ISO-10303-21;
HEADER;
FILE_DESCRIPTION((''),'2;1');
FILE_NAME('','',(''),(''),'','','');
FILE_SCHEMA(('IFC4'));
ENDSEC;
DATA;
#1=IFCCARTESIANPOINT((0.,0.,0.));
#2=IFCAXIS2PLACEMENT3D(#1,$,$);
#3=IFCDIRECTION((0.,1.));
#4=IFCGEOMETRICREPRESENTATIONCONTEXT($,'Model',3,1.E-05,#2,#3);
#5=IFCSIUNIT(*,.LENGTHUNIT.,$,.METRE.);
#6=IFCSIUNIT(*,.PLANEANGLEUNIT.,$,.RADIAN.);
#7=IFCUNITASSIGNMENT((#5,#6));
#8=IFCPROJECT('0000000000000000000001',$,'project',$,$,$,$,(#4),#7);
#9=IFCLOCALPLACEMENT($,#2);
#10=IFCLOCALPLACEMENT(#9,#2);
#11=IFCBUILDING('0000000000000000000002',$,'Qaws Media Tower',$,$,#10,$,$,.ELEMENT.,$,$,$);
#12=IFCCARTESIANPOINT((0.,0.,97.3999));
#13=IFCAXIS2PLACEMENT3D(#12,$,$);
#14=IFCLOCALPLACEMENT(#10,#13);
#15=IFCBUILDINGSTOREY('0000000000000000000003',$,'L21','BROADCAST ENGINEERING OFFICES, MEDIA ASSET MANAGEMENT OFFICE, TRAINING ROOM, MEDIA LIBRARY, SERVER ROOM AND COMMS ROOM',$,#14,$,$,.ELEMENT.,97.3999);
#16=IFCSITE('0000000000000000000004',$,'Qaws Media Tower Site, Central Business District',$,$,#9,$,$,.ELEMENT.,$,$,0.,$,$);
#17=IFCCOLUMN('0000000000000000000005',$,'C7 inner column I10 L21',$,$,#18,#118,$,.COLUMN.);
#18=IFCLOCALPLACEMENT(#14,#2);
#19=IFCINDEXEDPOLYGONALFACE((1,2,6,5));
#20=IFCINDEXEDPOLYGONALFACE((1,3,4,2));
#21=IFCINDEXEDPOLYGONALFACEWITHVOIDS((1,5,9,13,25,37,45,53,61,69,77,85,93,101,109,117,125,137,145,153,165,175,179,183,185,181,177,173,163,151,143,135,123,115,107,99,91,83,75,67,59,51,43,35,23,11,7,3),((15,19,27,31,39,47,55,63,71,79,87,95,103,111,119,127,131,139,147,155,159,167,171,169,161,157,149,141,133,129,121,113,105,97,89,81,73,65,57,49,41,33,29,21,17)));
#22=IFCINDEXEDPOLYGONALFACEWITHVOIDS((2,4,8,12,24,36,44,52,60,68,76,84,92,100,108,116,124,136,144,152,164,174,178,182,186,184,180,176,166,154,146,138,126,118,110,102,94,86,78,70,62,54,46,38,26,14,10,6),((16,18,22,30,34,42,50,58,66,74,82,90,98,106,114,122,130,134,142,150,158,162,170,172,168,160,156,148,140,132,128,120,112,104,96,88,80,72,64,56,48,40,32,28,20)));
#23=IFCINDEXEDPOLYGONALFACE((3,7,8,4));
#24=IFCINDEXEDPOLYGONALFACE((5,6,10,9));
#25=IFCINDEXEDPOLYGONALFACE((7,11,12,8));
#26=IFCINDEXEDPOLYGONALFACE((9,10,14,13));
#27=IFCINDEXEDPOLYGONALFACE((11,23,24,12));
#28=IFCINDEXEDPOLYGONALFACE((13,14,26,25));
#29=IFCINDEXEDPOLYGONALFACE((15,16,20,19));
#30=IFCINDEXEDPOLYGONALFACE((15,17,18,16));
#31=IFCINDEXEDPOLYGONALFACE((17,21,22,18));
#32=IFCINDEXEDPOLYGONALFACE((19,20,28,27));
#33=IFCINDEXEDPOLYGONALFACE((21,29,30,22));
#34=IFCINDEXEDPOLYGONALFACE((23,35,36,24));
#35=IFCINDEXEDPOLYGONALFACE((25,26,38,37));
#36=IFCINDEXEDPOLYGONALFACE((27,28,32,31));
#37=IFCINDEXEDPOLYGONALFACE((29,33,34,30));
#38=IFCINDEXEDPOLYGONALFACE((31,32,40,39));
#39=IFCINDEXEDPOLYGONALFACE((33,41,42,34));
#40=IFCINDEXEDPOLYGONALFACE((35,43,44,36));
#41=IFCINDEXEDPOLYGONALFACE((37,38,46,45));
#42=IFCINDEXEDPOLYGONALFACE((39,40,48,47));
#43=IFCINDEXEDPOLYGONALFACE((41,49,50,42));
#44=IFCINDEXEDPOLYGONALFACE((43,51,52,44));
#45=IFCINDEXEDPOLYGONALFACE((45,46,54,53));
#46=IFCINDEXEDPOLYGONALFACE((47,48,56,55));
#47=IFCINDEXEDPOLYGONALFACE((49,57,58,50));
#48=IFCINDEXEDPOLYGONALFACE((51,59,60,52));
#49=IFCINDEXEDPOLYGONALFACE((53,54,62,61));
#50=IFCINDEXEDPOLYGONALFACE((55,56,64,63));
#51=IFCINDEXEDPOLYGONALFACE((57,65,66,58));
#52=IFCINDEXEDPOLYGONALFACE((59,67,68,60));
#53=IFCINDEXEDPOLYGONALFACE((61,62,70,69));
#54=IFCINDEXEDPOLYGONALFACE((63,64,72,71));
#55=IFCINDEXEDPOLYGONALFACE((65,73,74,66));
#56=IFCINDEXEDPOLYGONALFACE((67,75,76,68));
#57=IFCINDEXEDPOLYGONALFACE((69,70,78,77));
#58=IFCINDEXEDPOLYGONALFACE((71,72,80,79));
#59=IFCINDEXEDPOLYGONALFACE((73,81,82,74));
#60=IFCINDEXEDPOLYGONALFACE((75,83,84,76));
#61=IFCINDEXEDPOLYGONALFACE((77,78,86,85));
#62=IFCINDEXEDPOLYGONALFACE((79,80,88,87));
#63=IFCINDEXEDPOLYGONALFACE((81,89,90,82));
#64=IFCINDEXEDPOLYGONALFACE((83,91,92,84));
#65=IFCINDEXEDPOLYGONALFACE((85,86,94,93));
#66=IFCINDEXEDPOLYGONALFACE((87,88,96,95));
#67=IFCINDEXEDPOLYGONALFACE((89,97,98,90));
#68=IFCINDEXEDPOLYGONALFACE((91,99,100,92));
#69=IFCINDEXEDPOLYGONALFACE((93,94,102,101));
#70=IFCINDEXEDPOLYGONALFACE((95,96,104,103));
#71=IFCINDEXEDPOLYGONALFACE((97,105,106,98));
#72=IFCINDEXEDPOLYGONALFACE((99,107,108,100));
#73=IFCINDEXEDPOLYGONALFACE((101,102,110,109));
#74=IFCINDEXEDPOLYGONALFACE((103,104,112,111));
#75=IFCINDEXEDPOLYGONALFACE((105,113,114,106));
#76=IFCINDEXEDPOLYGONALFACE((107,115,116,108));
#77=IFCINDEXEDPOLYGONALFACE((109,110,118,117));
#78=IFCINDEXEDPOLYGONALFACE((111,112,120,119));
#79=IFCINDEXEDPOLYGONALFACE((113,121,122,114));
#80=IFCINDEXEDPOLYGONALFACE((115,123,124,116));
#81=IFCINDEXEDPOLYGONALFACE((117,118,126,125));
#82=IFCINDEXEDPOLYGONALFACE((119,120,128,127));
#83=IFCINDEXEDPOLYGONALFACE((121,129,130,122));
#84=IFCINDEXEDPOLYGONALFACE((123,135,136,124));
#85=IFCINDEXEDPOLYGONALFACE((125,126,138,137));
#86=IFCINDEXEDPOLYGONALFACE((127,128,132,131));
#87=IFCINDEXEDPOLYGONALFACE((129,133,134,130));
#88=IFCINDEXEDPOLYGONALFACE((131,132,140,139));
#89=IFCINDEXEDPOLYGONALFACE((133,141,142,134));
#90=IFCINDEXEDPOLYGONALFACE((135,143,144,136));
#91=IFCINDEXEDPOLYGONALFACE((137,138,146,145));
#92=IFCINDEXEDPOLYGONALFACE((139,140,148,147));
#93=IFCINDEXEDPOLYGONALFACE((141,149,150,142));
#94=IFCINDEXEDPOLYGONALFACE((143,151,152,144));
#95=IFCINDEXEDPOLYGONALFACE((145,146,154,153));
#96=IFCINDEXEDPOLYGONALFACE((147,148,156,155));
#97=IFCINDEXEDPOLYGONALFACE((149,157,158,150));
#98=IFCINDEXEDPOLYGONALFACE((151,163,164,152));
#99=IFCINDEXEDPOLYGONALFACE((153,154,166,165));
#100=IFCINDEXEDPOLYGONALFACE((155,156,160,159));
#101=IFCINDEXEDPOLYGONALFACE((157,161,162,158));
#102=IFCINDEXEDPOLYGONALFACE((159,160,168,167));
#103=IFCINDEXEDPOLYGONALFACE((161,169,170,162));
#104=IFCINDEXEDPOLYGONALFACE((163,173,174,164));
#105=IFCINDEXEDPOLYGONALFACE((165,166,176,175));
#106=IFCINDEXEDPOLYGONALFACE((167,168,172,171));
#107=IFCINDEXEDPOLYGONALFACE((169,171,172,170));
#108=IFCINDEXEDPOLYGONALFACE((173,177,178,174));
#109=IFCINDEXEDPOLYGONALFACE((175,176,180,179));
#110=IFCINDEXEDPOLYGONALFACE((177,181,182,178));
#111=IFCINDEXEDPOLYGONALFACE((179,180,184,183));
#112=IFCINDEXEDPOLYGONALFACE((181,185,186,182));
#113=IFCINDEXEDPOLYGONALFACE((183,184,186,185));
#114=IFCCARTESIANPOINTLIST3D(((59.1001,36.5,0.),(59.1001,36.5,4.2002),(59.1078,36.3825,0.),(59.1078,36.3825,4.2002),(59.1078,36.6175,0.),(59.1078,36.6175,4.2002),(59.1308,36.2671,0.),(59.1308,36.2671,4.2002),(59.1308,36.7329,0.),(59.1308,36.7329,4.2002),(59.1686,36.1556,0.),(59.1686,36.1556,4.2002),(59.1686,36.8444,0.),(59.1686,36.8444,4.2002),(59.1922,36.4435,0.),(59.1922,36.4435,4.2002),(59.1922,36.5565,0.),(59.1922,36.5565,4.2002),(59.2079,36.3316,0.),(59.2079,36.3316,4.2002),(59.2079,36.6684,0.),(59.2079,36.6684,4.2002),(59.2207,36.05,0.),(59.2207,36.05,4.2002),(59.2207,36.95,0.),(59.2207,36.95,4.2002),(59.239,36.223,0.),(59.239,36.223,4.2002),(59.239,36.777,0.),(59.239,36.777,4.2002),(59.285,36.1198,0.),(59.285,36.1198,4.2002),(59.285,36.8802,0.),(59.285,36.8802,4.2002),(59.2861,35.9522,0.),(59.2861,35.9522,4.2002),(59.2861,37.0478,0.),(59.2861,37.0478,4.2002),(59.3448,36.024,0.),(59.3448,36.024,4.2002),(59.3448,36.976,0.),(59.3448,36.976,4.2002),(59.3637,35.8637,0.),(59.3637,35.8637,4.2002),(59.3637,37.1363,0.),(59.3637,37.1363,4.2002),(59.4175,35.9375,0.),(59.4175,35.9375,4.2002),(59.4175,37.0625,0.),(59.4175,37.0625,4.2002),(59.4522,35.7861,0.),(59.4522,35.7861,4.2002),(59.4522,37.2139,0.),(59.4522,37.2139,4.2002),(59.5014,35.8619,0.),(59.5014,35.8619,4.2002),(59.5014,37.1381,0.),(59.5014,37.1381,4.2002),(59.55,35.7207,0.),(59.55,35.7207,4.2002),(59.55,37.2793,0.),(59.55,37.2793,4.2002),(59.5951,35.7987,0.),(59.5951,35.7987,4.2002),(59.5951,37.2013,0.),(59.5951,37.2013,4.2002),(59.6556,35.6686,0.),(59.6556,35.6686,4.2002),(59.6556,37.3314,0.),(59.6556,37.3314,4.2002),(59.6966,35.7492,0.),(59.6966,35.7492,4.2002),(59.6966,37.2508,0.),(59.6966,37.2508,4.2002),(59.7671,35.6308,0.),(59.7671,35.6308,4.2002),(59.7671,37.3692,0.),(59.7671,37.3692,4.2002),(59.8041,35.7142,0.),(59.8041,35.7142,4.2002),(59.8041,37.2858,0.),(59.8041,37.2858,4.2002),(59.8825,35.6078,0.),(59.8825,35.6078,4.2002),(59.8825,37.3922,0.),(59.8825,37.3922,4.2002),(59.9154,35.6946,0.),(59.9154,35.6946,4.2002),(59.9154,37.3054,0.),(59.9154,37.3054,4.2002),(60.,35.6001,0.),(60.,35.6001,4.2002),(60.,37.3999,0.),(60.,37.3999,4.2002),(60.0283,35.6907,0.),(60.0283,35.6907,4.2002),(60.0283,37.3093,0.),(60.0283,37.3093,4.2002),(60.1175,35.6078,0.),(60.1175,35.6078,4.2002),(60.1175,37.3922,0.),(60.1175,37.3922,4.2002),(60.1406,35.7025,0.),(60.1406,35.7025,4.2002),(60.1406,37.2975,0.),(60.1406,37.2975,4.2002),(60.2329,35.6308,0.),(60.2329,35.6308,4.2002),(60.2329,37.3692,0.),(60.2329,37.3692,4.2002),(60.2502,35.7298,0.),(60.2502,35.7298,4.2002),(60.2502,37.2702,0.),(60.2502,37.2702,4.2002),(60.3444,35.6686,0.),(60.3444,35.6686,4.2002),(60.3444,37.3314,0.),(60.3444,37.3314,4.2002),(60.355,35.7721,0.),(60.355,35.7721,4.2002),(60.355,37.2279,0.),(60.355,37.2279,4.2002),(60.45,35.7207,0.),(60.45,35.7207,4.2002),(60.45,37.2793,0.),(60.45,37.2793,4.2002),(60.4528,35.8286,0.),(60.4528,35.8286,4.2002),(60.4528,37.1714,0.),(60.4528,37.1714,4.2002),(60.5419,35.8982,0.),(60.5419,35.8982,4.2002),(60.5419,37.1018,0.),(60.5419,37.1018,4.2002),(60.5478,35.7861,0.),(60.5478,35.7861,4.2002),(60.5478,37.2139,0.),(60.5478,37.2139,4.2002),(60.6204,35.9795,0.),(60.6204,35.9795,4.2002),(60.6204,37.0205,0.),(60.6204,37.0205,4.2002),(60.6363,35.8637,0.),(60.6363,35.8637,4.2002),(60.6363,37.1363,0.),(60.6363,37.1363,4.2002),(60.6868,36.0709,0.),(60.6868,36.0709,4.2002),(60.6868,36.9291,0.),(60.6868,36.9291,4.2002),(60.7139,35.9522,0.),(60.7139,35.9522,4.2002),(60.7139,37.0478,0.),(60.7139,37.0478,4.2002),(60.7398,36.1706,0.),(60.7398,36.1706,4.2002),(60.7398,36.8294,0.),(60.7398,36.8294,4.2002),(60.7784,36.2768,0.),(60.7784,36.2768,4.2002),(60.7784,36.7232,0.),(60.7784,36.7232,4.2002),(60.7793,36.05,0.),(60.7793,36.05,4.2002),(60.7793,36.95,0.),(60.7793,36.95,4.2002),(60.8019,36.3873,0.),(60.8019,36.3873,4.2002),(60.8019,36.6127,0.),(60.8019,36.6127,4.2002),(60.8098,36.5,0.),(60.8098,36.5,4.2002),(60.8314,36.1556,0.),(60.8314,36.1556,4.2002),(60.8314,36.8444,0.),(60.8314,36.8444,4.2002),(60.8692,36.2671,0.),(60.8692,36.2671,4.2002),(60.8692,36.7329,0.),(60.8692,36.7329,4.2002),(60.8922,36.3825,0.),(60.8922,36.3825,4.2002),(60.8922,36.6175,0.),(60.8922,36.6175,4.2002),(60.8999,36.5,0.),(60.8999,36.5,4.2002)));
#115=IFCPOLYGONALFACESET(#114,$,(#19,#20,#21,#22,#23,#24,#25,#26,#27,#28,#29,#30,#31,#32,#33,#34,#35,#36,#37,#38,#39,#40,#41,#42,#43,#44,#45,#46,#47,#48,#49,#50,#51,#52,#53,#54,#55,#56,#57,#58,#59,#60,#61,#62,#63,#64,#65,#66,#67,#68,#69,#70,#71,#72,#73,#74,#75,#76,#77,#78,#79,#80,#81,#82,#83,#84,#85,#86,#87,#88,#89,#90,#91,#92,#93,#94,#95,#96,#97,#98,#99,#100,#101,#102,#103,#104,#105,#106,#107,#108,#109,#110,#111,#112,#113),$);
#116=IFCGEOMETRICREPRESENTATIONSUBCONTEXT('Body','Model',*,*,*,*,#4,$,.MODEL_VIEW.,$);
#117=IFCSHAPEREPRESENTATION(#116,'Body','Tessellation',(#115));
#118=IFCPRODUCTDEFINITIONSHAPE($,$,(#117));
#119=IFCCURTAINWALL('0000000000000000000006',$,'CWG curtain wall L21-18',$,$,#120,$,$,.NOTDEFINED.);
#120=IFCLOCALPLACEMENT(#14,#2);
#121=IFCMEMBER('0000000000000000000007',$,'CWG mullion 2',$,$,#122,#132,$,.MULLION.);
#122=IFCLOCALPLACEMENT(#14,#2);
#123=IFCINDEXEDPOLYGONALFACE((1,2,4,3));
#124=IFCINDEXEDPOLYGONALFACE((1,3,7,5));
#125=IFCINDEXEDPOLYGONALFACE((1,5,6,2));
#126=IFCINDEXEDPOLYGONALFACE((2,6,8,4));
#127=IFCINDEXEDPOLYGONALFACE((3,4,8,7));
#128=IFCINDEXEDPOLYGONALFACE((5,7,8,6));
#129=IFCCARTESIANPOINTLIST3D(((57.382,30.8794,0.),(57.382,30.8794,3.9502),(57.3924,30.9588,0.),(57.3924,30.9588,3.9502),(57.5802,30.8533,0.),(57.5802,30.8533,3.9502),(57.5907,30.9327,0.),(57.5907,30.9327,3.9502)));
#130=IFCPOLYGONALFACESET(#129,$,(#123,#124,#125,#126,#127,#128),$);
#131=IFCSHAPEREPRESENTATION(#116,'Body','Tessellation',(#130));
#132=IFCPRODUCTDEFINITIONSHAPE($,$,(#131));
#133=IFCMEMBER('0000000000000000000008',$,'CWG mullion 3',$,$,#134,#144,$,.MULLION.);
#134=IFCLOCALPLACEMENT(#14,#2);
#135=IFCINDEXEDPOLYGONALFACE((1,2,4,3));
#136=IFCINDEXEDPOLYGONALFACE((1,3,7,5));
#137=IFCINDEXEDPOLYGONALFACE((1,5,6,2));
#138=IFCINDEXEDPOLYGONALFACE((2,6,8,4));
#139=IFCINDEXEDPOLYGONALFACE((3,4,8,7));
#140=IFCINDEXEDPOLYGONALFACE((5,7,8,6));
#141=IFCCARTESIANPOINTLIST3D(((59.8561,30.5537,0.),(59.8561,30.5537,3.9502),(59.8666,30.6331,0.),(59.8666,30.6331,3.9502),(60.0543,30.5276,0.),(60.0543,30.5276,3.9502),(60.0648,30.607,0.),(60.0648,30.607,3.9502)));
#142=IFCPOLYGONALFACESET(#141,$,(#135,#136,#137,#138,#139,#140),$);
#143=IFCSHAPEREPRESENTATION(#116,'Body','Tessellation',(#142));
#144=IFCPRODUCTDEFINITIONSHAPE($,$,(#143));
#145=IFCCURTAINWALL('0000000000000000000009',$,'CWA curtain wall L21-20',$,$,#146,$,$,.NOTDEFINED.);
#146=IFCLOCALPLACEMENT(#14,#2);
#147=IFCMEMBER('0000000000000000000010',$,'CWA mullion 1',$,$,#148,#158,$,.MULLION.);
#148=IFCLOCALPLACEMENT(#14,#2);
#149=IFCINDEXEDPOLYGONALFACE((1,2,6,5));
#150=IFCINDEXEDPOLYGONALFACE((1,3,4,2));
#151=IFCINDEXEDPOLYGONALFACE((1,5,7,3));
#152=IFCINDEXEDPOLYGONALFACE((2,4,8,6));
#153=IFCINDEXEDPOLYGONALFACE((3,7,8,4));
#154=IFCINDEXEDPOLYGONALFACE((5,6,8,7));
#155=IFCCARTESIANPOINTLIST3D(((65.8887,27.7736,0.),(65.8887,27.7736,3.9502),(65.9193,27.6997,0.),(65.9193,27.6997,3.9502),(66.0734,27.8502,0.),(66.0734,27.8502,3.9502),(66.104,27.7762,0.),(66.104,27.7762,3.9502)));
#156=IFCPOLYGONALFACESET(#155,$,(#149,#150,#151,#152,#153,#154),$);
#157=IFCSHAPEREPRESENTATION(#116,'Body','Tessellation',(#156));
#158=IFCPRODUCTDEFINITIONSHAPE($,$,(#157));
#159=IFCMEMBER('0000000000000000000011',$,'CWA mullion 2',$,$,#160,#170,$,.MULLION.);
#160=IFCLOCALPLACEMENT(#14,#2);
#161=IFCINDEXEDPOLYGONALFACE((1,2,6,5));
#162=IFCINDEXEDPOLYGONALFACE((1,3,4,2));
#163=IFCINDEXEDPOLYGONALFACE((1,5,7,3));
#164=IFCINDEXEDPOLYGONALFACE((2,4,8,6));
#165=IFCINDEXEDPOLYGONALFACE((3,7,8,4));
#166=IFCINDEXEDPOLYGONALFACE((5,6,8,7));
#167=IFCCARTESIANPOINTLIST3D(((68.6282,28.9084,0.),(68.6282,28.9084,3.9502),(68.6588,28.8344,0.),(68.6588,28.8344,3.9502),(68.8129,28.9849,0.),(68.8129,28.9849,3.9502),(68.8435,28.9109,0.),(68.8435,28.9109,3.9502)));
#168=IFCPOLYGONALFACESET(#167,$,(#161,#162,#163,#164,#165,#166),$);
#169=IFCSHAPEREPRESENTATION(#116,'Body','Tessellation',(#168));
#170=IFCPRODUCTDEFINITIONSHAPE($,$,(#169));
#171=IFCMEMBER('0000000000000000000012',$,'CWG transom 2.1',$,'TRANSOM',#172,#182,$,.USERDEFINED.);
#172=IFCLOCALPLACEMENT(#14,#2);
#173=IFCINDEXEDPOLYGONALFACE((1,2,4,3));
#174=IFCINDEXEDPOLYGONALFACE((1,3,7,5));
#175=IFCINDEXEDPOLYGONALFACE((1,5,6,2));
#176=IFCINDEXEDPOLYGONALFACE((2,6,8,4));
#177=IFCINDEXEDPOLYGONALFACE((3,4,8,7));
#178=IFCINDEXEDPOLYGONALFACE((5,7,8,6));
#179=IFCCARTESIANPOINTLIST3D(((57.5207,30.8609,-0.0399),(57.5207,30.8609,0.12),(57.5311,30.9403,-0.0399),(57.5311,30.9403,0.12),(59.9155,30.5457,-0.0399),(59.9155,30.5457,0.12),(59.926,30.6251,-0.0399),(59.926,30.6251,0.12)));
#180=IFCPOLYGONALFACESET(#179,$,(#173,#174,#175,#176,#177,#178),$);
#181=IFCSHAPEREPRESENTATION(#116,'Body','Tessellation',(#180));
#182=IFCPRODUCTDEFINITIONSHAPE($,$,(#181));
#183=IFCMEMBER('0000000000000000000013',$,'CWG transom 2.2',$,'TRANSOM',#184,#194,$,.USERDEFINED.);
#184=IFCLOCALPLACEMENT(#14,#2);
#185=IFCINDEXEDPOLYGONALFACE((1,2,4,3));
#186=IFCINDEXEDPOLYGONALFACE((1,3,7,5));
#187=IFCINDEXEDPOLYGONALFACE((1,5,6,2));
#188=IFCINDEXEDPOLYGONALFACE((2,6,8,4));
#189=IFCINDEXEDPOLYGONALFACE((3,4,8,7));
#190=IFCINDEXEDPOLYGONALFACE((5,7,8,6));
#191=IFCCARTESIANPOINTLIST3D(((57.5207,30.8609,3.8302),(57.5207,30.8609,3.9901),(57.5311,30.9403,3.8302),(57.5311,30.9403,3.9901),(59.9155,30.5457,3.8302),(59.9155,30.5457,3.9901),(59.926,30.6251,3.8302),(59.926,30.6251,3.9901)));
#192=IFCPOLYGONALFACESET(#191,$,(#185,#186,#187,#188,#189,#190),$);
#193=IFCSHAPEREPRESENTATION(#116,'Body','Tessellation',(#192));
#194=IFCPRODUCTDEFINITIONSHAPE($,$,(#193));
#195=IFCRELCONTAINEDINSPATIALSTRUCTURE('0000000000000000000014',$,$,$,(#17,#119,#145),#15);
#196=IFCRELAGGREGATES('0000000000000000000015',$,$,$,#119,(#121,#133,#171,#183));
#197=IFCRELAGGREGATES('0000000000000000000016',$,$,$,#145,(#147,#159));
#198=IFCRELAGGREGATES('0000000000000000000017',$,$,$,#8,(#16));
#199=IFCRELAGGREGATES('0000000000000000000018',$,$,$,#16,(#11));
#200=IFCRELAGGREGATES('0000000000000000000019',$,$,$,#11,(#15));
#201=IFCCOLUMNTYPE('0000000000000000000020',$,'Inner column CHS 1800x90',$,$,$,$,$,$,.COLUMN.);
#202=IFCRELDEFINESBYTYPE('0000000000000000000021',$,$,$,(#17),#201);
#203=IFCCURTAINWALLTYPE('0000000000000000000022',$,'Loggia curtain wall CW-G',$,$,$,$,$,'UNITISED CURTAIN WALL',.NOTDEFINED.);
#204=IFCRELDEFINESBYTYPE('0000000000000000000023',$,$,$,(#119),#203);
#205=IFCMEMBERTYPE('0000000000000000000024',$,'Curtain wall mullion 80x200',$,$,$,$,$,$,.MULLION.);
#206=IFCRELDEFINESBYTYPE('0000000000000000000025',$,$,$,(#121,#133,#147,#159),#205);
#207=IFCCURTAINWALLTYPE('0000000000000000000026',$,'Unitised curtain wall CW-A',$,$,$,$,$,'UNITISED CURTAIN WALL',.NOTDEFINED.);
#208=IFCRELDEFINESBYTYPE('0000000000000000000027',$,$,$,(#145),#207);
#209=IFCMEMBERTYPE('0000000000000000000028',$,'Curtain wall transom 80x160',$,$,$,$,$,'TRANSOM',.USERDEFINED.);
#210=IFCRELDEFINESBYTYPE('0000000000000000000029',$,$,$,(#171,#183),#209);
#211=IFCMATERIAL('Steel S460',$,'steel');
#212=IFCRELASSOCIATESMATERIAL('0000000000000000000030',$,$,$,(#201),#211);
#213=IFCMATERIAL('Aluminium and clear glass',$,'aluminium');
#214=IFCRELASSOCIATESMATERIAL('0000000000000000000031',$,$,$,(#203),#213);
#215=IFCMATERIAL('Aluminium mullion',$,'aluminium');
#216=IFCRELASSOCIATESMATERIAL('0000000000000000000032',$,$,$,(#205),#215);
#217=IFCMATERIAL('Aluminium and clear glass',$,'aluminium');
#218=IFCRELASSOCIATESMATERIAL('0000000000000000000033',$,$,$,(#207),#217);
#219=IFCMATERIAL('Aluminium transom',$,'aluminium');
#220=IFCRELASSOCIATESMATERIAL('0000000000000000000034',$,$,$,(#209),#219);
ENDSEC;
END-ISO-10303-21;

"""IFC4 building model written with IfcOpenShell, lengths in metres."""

from ifc_helpers import new_model, si_unit, direction, frame, origin, origin_2d, place, context, subcontext, project, spatial, rectangle, hollow_circle, extrude, material, material_profile, profile_set, type_object, element, aggregate, save


model = new_model("IFC4")

# Units and contexts
model_context = context("Model", 3, precision=1e-05, world=origin(), true_north=direction((0.0, 1.0)))
body_context = subcontext(model_context, "Body", "Model", "MODEL_VIEW")
ifc_project = project(units=[si_unit("LENGTHUNIT", "METRE"), si_unit("PLANEANGLEUNIT", "RADIAN")], contexts=[model_context])

# Site, building, storey
site_placement = place(None, origin())
site = spatial("IfcSite", under=ifc_project, at=site_placement, Name="Qaws Media Tower Site, Central Business District", CompositionType="ELEMENT", RefElevation=0.0)
building_placement = place(site_placement, origin())
building = spatial("IfcBuilding", under=site, at=building_placement, Name="Qaws Media Tower", CompositionType="ELEMENT")
storey_placement = place(building_placement, frame((0.0, 0.0, 97.3999)))
storey = spatial("IfcBuildingStorey", under=building, at=storey_placement, Name="L21", Description="BROADCAST ENGINEERING OFFICES, MEDIA ASSET MANAGEMENT OFFICE, TRAINING ROOM, MEDIA LIBRARY, SERVER ROOM AND COMMS ROOM", CompositionType="ELEMENT", Elevation=97.3999)

# Column
ifc_material_1 = material(Name="Steel S460", Category="steel")
ifc_material_profile_1 = material_profile(ifc_material_1, hollow_circle(Radius=0.8999, WallThickness=0.0901, at=origin_2d()), Name="CHS 1800x90")
ifc_profile_set_1 = profile_set([ifc_material_profile_1], Name="Steel S460")
column_type = type_object("IfcColumnType", Name="Inner column CHS 1800x90", PredefinedType="COLUMN", material=ifc_profile_set_1)
column_placement = place(storey_placement, frame((60.0, 36.5, 0.0), z_axis=(0.0, 0.0, 1.0), x_axis=(1.0, 0.0, 0.0)))
element("IfcColumn", 1, at=column_placement, inside=storey, type_object=column_type, Name="C7 inner column I10 L21", PredefinedType="COLUMN", context=body_context, shape_type="SweptSolid", body=[
    extrude(hollow_circle(Radius=0.8999, WallThickness=0.0901, at=origin_2d()), origin(), (0.0, 0.0, 1.0), 4.2002),
])

# Curtain walls, members
ifc_material_2 = material(Name="Aluminium and clear glass", Category="aluminium")
curtain_wall_type_1 = type_object("IfcCurtainWallType", Name="Loggia curtain wall CW-G", ElementType="UNITISED CURTAIN WALL", PredefinedType="NOTDEFINED", material=ifc_material_2)
curtain_wall_1_placement = place(storey_placement, origin())
curtain_wall_1 = element("IfcCurtainWall", 2, at=curtain_wall_1_placement, inside=storey, type_object=curtain_wall_type_1, Name="CWG curtain wall L21-18", PredefinedType="NOTDEFINED")
ifc_material_3 = material(Name="Aluminium mullion", Category="aluminium")
ifc_material_profile_2 = material_profile(ifc_material_3, rectangle(XDim=0.0801, YDim=0.2, at=origin_2d()), Name="80x200")
ifc_profile_set_2 = profile_set([ifc_material_profile_2], Name="Aluminium mullion")
member_type_1 = type_object("IfcMemberType", Name="Curtain wall mullion 80x200", PredefinedType="MULLION", material=ifc_profile_set_2)
member_1_placement = place(storey_placement, frame((57.4863, 30.906, 0.0), z_axis=(0.0, 0.0, 1.0), x_axis=(0.130526, 0.991445, 0.0)))
member_1 = element("IfcMember", 3, at=member_1_placement, type_object=member_type_1, Name="CWG mullion 2", PredefinedType="MULLION", context=body_context, shape_type="SweptSolid", body=[
    extrude(rectangle(XDim=0.0801, YDim=0.2, at=origin_2d()), origin(), (0.0, 0.0, 1.0), 3.9502),
])
member_2_placement = place(storey_placement, frame((59.9604, 30.5803, 0.0), z_axis=(0.0, 0.0, 1.0), x_axis=(0.130526, 0.991445, 0.0)))
member_2 = element("IfcMember", 4, at=member_2_placement, type_object=member_type_1, Name="CWG mullion 3", PredefinedType="MULLION", context=body_context, shape_type="SweptSolid", body=[
    extrude(rectangle(XDim=0.0801, YDim=0.2, at=origin_2d()), origin(), (0.0, 0.0, 1.0), 3.9502),
])
ifc_material_4 = material(Name="Aluminium and clear glass", Category="aluminium")
curtain_wall_type_2 = type_object("IfcCurtainWallType", Name="Unitised curtain wall CW-A", ElementType="UNITISED CURTAIN WALL", PredefinedType="NOTDEFINED", material=ifc_material_4)
curtain_wall_2_placement = place(storey_placement, origin())
curtain_wall_2 = element("IfcCurtainWall", 5, at=curtain_wall_2_placement, inside=storey, type_object=curtain_wall_type_2, Name="CWA curtain wall L21-20", PredefinedType="NOTDEFINED")
member_3_placement = place(storey_placement, frame((65.9963, 27.7749, 0.0), z_axis=(0.0, 0.0, 1.0), x_axis=(-0.382683, 0.92388, 0.0)))
member_3 = element("IfcMember", 6, at=member_3_placement, type_object=member_type_1, Name="CWA mullion 1", PredefinedType="MULLION", context=body_context, shape_type="SweptSolid", body=[
    extrude(rectangle(XDim=0.0801, YDim=0.2, at=origin_2d()), origin(), (0.0, 0.0, 1.0), 3.9502),
])
member_4_placement = place(storey_placement, frame((68.7358, 28.9097, 0.0), z_axis=(0.0, 0.0, 1.0), x_axis=(-0.382683, 0.92388, 0.0)))
member_4 = element("IfcMember", 7, at=member_4_placement, type_object=member_type_1, Name="CWA mullion 2", PredefinedType="MULLION", context=body_context, shape_type="SweptSolid", body=[
    extrude(rectangle(XDim=0.0801, YDim=0.2, at=origin_2d()), origin(), (0.0, 0.0, 1.0), 3.9502),
])

# Members
ifc_material_5 = material(Name="Aluminium transom", Category="aluminium")
ifc_material_profile_3 = material_profile(ifc_material_5, rectangle(XDim=0.0801, YDim=0.1599, at=origin_2d()), Name="80x160")
ifc_profile_set_3 = profile_set([ifc_material_profile_3], Name="Aluminium transom")
member_type_2 = type_object("IfcMemberType", Name="Curtain wall transom 80x160", ElementType="TRANSOM", PredefinedType="USERDEFINED", material=ifc_profile_set_3)
member_5_placement = place(storey_placement, frame((57.5259, 30.9006, 0.04), z_axis=(0.99145, -0.130489, 0.0), x_axis=(0.130489, 0.99145, 0.0)))
member_5 = element("IfcMember", 8, at=member_5_placement, type_object=member_type_2, Name="CWG transom 2.1", ObjectType="TRANSOM", PredefinedType="USERDEFINED", context=body_context, shape_type="SweptSolid", body=[
    extrude(rectangle(XDim=0.0801, YDim=0.1599, at=origin_2d()), origin(), (0.0, 0.0, 1.0), 2.4155),
])
member_6_placement = place(storey_placement, frame((57.5259, 30.9006, 3.9102), z_axis=(0.99145, -0.130489, 0.0), x_axis=(0.130489, 0.99145, 0.0)))
member_6 = element("IfcMember", 9, at=member_6_placement, type_object=member_type_2, Name="CWG transom 2.2", ObjectType="TRANSOM", PredefinedType="USERDEFINED", context=body_context, shape_type="SweptSolid", body=[
    extrude(rectangle(XDim=0.0801, YDim=0.1599, at=origin_2d()), origin(), (0.0, 0.0, 1.0), 2.4155),
])

aggregate(curtain_wall_1, [member_1, member_2, member_5, member_6])
aggregate(curtain_wall_2, [member_3, member_4])

save(model, "model.ifc")
